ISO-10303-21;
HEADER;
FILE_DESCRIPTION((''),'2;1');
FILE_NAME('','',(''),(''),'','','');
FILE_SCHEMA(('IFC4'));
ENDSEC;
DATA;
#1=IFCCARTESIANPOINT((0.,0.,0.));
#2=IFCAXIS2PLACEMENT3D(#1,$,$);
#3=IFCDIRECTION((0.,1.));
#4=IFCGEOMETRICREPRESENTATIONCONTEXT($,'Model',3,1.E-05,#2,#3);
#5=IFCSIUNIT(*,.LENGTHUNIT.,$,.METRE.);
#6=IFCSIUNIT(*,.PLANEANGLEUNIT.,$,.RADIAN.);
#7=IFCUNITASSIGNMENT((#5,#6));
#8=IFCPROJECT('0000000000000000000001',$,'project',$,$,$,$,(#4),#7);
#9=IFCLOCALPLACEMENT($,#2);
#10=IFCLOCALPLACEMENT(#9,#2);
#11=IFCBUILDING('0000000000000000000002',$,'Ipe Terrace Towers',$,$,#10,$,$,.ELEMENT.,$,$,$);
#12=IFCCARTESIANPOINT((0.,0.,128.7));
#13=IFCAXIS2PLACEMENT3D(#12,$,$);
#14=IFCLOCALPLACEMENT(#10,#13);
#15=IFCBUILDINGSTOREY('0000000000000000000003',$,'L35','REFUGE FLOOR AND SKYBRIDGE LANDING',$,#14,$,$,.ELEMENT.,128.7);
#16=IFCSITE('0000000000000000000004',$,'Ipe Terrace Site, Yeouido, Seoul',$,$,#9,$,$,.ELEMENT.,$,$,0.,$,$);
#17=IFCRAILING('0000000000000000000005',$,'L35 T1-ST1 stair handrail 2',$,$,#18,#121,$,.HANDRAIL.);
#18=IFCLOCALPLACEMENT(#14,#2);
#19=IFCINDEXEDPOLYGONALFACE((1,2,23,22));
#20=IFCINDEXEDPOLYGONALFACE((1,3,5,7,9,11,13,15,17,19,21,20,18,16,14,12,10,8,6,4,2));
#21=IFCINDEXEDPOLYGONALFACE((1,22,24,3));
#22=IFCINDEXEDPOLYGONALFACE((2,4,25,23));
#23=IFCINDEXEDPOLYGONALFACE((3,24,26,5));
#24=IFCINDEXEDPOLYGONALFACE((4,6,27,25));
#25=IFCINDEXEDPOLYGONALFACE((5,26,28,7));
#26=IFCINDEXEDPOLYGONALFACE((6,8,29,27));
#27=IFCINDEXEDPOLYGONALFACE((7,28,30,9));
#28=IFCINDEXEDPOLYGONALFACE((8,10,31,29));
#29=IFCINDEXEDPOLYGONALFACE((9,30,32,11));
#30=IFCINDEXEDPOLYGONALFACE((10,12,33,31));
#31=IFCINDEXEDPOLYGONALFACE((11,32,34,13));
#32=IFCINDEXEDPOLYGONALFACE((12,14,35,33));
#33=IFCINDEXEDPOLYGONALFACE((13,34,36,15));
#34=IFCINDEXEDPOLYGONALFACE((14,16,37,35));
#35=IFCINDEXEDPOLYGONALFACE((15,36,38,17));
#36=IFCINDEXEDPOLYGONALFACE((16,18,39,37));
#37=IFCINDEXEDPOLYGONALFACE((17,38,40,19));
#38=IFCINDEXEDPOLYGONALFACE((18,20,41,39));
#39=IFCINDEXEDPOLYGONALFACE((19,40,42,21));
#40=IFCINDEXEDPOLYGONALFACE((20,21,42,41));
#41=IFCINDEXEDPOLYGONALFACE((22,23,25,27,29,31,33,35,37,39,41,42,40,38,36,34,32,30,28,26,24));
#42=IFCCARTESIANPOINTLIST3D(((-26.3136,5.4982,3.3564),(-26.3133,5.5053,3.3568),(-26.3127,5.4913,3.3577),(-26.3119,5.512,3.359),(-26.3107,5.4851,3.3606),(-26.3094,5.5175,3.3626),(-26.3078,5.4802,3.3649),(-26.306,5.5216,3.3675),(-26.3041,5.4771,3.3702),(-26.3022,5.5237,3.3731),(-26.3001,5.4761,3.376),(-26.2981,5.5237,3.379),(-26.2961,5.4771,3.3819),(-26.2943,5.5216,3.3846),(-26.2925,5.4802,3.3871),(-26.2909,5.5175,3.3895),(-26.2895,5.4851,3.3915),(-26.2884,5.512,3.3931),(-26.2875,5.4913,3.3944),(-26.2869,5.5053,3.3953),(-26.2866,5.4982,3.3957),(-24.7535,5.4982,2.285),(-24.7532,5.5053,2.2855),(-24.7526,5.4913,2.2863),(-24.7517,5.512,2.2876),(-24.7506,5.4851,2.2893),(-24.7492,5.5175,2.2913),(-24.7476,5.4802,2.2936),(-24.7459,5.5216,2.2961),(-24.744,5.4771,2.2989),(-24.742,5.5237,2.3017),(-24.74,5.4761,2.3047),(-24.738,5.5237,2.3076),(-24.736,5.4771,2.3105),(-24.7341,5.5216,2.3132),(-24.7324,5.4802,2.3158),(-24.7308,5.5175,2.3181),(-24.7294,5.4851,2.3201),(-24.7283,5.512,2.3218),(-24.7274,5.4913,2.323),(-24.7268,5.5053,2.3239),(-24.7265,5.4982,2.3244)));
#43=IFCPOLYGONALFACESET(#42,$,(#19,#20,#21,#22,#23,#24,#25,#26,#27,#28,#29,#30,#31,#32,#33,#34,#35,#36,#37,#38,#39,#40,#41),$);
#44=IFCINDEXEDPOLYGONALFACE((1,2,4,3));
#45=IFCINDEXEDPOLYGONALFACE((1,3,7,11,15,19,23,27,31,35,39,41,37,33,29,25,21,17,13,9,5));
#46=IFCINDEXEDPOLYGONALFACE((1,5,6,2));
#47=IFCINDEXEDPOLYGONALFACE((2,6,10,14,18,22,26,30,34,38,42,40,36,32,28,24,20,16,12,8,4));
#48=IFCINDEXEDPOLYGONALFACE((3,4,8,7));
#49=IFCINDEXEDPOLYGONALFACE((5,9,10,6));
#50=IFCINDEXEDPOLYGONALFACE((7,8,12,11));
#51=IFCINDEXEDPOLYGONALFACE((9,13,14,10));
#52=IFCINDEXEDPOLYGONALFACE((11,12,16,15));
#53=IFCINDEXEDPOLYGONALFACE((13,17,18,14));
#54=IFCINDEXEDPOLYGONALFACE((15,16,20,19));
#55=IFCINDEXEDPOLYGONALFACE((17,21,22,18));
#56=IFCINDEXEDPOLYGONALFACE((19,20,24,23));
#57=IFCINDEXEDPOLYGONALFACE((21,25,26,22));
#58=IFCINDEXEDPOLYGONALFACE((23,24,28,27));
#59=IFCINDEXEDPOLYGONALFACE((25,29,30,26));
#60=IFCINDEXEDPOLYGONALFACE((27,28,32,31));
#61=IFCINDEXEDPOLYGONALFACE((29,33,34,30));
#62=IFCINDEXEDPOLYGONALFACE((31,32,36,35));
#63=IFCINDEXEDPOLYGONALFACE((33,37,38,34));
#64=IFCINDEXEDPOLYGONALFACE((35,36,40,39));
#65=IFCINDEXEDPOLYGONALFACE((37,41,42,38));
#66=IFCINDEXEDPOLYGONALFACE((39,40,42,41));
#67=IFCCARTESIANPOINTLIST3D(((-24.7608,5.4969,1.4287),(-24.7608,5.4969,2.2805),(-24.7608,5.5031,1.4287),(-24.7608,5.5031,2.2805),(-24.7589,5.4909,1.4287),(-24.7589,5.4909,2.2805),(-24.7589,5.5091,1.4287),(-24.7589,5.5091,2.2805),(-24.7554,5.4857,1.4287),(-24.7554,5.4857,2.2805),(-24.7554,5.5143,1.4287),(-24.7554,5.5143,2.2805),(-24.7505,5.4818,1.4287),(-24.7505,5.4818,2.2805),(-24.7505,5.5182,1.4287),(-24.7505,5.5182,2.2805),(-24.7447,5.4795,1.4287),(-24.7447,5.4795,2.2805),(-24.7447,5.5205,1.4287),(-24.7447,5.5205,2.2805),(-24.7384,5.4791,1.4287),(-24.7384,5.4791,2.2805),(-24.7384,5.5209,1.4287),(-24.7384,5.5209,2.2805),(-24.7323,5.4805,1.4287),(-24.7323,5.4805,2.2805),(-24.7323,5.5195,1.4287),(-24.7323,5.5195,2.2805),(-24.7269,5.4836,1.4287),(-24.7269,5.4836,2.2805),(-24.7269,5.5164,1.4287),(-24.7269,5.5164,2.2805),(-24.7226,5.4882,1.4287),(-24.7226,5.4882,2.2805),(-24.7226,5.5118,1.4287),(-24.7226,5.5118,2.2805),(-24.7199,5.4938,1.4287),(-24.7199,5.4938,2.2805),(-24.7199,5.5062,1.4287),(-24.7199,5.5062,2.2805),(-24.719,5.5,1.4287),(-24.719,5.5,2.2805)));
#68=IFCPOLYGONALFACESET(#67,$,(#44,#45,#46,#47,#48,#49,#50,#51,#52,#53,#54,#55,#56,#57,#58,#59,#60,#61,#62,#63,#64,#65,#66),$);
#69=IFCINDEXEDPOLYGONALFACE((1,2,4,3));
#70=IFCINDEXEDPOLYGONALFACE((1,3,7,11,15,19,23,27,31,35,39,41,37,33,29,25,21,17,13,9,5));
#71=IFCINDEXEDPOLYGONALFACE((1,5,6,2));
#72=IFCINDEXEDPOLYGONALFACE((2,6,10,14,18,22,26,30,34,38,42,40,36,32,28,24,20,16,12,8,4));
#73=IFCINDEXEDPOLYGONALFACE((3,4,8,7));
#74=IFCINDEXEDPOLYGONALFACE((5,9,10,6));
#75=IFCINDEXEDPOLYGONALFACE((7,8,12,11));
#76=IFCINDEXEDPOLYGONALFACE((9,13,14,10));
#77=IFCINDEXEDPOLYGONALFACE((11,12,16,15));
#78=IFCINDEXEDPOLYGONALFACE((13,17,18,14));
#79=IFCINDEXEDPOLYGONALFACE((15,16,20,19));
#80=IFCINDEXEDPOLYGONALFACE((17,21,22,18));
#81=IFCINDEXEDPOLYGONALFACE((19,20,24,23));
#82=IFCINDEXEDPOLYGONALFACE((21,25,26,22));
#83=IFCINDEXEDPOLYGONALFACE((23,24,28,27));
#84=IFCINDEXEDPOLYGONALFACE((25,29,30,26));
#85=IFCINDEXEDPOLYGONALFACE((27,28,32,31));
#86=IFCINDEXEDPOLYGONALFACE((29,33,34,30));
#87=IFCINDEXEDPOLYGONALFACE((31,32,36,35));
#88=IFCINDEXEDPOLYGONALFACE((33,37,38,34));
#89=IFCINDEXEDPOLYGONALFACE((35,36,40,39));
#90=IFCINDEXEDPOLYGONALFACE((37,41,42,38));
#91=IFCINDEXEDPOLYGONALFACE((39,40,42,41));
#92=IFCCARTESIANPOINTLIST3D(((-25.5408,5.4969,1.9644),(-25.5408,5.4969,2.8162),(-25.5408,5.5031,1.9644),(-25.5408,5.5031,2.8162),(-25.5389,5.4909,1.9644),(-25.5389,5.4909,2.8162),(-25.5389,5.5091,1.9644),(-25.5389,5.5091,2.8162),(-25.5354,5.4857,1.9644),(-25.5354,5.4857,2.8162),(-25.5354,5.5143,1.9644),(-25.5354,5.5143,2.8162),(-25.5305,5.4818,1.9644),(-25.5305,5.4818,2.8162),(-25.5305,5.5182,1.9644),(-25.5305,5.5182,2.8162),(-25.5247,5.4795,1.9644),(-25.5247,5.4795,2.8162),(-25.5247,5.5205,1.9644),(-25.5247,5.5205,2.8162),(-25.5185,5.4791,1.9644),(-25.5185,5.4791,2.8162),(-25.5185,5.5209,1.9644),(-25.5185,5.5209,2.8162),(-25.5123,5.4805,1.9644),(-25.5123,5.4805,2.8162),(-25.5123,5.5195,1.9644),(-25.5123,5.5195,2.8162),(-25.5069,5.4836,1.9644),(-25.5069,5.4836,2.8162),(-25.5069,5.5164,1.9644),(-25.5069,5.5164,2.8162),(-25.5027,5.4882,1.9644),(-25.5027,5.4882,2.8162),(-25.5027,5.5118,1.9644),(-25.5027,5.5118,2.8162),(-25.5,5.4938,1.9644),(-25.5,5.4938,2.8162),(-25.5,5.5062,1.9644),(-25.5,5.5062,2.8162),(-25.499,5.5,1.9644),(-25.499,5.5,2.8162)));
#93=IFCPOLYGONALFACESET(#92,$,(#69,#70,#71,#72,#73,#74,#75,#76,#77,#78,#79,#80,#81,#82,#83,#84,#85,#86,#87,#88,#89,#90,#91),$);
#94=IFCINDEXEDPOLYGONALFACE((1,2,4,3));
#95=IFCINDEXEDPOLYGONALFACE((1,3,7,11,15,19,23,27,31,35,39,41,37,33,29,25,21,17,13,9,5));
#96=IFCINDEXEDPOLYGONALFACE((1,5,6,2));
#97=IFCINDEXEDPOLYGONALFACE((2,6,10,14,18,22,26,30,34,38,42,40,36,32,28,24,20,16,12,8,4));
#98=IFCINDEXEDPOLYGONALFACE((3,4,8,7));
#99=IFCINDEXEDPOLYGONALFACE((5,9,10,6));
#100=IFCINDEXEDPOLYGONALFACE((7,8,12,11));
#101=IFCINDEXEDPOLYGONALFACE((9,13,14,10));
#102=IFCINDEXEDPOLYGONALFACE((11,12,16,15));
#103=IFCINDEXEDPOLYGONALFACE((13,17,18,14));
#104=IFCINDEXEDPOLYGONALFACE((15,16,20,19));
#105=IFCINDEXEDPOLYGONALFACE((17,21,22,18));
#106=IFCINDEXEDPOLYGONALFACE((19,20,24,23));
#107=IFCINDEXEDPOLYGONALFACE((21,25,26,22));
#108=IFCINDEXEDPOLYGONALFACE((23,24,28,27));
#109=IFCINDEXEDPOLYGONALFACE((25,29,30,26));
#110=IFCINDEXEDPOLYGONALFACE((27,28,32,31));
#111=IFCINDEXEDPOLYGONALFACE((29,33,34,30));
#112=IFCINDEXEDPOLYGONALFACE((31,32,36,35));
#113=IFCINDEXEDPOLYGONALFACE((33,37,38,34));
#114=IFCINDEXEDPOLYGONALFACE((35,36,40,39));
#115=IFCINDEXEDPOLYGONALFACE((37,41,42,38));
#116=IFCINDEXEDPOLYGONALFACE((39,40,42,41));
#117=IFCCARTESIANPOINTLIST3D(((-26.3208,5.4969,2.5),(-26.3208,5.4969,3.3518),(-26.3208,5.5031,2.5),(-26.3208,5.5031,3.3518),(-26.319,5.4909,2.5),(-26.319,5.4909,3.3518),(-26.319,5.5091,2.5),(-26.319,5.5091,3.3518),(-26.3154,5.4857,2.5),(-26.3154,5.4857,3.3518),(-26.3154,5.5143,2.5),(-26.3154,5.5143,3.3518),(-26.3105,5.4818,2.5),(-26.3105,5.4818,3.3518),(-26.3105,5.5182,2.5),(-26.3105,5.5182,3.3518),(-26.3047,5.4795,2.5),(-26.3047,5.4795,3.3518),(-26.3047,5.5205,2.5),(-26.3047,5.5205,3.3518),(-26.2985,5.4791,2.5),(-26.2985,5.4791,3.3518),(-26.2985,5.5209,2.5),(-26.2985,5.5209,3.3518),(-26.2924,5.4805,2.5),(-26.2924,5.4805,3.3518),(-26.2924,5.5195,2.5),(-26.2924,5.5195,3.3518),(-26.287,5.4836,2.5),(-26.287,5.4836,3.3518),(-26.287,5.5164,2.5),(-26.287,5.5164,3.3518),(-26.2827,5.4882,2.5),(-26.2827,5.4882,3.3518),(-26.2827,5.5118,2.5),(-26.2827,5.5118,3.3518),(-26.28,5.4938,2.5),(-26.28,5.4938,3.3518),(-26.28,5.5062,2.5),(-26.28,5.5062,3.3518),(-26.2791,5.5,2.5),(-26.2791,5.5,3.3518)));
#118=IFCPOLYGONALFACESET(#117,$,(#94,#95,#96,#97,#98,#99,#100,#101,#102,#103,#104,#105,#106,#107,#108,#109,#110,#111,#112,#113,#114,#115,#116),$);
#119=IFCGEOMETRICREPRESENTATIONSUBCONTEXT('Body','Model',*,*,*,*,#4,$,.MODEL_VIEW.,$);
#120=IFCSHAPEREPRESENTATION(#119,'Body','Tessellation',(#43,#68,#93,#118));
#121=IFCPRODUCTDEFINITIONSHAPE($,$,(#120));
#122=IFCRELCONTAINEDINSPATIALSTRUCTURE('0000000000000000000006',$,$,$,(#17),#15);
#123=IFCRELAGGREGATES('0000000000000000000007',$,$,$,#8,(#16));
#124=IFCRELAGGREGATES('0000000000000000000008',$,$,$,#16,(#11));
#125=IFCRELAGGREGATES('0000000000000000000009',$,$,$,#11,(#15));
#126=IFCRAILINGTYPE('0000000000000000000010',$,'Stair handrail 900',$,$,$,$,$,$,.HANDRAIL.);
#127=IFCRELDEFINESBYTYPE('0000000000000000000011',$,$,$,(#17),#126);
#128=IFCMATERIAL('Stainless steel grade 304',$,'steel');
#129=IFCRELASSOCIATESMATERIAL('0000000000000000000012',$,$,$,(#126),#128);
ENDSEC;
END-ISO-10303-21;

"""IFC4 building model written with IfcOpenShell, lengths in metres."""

from ifc_helpers import new_model, si_unit, direction, frame, origin, origin_2d, place, context, subcontext, project, spatial, circle, extrude, material, type_object, element, save


model = new_model("IFC4")

# Units and contexts
model_context = context("Model", 3, precision=1e-05, world=origin(), true_north=direction((0.0, 1.0)))
body_context = subcontext(model_context, "Body", "Model", "MODEL_VIEW")
ifc_project = project(units=[si_unit("LENGTHUNIT", "METRE"), si_unit("PLANEANGLEUNIT", "RADIAN")], contexts=[model_context])

# Site, building, storey
site_placement = place(None, origin())
site = spatial("IfcSite", under=ifc_project, at=site_placement, Name="Ipe Terrace Site, Yeouido, Seoul", CompositionType="ELEMENT", RefElevation=0.0)
building_placement = place(site_placement, origin())
building = spatial("IfcBuilding", under=site, at=building_placement, Name="Ipe Terrace Towers", CompositionType="ELEMENT")
storey_placement = place(building_placement, frame((0.0, 0.0, 128.7)))
storey = spatial("IfcBuildingStorey", under=building, at=storey_placement, Name="L35", Description="REFUGE FLOOR AND SKYBRIDGE LANDING", CompositionType="ELEMENT", Elevation=128.7)

# Railing
ifc_material_1 = material(Name="Stainless steel grade 304", Category="steel")
railing_type_1 = type_object("IfcRailingType", Name="Stair handrail 900", PredefinedType="HANDRAIL", material=ifc_material_1)
railing_1_placement = place(storey_placement, frame((-24.74, 5.5, 1.4287)))
element("IfcRailing", 1, at=railing_1_placement, inside=storey, type_object=railing_type_1, Name="L35 T1-ST1 stair handrail 2", PredefinedType="HANDRAIL", context=body_context, shape_type="SweptSolid", body=[
    extrude(circle(Radius=0.0239, at=origin_2d()), frame((0.0, 0.0, 0.876), z_axis=(-0.82435, 0.0, 0.56608), x_axis=(0.0, -1.0, 0.0)), (0.0, 0.0, 1.0), 1.8926),
    extrude(circle(Radius=0.021, at=origin_2d()), origin(), (0.0, 0.0, 1.0), 0.8518),
    extrude(circle(Radius=0.021, at=origin_2d()), frame((-0.78, 0.0, 0.5356)), (0.0, 0.0, 1.0), 0.8518),
    extrude(circle(Radius=0.021, at=origin_2d()), frame((-1.5601, 0.0, 1.0713)), (0.0, 0.0, 1.0), 0.8518),
])

save(model, "model.ifc")
